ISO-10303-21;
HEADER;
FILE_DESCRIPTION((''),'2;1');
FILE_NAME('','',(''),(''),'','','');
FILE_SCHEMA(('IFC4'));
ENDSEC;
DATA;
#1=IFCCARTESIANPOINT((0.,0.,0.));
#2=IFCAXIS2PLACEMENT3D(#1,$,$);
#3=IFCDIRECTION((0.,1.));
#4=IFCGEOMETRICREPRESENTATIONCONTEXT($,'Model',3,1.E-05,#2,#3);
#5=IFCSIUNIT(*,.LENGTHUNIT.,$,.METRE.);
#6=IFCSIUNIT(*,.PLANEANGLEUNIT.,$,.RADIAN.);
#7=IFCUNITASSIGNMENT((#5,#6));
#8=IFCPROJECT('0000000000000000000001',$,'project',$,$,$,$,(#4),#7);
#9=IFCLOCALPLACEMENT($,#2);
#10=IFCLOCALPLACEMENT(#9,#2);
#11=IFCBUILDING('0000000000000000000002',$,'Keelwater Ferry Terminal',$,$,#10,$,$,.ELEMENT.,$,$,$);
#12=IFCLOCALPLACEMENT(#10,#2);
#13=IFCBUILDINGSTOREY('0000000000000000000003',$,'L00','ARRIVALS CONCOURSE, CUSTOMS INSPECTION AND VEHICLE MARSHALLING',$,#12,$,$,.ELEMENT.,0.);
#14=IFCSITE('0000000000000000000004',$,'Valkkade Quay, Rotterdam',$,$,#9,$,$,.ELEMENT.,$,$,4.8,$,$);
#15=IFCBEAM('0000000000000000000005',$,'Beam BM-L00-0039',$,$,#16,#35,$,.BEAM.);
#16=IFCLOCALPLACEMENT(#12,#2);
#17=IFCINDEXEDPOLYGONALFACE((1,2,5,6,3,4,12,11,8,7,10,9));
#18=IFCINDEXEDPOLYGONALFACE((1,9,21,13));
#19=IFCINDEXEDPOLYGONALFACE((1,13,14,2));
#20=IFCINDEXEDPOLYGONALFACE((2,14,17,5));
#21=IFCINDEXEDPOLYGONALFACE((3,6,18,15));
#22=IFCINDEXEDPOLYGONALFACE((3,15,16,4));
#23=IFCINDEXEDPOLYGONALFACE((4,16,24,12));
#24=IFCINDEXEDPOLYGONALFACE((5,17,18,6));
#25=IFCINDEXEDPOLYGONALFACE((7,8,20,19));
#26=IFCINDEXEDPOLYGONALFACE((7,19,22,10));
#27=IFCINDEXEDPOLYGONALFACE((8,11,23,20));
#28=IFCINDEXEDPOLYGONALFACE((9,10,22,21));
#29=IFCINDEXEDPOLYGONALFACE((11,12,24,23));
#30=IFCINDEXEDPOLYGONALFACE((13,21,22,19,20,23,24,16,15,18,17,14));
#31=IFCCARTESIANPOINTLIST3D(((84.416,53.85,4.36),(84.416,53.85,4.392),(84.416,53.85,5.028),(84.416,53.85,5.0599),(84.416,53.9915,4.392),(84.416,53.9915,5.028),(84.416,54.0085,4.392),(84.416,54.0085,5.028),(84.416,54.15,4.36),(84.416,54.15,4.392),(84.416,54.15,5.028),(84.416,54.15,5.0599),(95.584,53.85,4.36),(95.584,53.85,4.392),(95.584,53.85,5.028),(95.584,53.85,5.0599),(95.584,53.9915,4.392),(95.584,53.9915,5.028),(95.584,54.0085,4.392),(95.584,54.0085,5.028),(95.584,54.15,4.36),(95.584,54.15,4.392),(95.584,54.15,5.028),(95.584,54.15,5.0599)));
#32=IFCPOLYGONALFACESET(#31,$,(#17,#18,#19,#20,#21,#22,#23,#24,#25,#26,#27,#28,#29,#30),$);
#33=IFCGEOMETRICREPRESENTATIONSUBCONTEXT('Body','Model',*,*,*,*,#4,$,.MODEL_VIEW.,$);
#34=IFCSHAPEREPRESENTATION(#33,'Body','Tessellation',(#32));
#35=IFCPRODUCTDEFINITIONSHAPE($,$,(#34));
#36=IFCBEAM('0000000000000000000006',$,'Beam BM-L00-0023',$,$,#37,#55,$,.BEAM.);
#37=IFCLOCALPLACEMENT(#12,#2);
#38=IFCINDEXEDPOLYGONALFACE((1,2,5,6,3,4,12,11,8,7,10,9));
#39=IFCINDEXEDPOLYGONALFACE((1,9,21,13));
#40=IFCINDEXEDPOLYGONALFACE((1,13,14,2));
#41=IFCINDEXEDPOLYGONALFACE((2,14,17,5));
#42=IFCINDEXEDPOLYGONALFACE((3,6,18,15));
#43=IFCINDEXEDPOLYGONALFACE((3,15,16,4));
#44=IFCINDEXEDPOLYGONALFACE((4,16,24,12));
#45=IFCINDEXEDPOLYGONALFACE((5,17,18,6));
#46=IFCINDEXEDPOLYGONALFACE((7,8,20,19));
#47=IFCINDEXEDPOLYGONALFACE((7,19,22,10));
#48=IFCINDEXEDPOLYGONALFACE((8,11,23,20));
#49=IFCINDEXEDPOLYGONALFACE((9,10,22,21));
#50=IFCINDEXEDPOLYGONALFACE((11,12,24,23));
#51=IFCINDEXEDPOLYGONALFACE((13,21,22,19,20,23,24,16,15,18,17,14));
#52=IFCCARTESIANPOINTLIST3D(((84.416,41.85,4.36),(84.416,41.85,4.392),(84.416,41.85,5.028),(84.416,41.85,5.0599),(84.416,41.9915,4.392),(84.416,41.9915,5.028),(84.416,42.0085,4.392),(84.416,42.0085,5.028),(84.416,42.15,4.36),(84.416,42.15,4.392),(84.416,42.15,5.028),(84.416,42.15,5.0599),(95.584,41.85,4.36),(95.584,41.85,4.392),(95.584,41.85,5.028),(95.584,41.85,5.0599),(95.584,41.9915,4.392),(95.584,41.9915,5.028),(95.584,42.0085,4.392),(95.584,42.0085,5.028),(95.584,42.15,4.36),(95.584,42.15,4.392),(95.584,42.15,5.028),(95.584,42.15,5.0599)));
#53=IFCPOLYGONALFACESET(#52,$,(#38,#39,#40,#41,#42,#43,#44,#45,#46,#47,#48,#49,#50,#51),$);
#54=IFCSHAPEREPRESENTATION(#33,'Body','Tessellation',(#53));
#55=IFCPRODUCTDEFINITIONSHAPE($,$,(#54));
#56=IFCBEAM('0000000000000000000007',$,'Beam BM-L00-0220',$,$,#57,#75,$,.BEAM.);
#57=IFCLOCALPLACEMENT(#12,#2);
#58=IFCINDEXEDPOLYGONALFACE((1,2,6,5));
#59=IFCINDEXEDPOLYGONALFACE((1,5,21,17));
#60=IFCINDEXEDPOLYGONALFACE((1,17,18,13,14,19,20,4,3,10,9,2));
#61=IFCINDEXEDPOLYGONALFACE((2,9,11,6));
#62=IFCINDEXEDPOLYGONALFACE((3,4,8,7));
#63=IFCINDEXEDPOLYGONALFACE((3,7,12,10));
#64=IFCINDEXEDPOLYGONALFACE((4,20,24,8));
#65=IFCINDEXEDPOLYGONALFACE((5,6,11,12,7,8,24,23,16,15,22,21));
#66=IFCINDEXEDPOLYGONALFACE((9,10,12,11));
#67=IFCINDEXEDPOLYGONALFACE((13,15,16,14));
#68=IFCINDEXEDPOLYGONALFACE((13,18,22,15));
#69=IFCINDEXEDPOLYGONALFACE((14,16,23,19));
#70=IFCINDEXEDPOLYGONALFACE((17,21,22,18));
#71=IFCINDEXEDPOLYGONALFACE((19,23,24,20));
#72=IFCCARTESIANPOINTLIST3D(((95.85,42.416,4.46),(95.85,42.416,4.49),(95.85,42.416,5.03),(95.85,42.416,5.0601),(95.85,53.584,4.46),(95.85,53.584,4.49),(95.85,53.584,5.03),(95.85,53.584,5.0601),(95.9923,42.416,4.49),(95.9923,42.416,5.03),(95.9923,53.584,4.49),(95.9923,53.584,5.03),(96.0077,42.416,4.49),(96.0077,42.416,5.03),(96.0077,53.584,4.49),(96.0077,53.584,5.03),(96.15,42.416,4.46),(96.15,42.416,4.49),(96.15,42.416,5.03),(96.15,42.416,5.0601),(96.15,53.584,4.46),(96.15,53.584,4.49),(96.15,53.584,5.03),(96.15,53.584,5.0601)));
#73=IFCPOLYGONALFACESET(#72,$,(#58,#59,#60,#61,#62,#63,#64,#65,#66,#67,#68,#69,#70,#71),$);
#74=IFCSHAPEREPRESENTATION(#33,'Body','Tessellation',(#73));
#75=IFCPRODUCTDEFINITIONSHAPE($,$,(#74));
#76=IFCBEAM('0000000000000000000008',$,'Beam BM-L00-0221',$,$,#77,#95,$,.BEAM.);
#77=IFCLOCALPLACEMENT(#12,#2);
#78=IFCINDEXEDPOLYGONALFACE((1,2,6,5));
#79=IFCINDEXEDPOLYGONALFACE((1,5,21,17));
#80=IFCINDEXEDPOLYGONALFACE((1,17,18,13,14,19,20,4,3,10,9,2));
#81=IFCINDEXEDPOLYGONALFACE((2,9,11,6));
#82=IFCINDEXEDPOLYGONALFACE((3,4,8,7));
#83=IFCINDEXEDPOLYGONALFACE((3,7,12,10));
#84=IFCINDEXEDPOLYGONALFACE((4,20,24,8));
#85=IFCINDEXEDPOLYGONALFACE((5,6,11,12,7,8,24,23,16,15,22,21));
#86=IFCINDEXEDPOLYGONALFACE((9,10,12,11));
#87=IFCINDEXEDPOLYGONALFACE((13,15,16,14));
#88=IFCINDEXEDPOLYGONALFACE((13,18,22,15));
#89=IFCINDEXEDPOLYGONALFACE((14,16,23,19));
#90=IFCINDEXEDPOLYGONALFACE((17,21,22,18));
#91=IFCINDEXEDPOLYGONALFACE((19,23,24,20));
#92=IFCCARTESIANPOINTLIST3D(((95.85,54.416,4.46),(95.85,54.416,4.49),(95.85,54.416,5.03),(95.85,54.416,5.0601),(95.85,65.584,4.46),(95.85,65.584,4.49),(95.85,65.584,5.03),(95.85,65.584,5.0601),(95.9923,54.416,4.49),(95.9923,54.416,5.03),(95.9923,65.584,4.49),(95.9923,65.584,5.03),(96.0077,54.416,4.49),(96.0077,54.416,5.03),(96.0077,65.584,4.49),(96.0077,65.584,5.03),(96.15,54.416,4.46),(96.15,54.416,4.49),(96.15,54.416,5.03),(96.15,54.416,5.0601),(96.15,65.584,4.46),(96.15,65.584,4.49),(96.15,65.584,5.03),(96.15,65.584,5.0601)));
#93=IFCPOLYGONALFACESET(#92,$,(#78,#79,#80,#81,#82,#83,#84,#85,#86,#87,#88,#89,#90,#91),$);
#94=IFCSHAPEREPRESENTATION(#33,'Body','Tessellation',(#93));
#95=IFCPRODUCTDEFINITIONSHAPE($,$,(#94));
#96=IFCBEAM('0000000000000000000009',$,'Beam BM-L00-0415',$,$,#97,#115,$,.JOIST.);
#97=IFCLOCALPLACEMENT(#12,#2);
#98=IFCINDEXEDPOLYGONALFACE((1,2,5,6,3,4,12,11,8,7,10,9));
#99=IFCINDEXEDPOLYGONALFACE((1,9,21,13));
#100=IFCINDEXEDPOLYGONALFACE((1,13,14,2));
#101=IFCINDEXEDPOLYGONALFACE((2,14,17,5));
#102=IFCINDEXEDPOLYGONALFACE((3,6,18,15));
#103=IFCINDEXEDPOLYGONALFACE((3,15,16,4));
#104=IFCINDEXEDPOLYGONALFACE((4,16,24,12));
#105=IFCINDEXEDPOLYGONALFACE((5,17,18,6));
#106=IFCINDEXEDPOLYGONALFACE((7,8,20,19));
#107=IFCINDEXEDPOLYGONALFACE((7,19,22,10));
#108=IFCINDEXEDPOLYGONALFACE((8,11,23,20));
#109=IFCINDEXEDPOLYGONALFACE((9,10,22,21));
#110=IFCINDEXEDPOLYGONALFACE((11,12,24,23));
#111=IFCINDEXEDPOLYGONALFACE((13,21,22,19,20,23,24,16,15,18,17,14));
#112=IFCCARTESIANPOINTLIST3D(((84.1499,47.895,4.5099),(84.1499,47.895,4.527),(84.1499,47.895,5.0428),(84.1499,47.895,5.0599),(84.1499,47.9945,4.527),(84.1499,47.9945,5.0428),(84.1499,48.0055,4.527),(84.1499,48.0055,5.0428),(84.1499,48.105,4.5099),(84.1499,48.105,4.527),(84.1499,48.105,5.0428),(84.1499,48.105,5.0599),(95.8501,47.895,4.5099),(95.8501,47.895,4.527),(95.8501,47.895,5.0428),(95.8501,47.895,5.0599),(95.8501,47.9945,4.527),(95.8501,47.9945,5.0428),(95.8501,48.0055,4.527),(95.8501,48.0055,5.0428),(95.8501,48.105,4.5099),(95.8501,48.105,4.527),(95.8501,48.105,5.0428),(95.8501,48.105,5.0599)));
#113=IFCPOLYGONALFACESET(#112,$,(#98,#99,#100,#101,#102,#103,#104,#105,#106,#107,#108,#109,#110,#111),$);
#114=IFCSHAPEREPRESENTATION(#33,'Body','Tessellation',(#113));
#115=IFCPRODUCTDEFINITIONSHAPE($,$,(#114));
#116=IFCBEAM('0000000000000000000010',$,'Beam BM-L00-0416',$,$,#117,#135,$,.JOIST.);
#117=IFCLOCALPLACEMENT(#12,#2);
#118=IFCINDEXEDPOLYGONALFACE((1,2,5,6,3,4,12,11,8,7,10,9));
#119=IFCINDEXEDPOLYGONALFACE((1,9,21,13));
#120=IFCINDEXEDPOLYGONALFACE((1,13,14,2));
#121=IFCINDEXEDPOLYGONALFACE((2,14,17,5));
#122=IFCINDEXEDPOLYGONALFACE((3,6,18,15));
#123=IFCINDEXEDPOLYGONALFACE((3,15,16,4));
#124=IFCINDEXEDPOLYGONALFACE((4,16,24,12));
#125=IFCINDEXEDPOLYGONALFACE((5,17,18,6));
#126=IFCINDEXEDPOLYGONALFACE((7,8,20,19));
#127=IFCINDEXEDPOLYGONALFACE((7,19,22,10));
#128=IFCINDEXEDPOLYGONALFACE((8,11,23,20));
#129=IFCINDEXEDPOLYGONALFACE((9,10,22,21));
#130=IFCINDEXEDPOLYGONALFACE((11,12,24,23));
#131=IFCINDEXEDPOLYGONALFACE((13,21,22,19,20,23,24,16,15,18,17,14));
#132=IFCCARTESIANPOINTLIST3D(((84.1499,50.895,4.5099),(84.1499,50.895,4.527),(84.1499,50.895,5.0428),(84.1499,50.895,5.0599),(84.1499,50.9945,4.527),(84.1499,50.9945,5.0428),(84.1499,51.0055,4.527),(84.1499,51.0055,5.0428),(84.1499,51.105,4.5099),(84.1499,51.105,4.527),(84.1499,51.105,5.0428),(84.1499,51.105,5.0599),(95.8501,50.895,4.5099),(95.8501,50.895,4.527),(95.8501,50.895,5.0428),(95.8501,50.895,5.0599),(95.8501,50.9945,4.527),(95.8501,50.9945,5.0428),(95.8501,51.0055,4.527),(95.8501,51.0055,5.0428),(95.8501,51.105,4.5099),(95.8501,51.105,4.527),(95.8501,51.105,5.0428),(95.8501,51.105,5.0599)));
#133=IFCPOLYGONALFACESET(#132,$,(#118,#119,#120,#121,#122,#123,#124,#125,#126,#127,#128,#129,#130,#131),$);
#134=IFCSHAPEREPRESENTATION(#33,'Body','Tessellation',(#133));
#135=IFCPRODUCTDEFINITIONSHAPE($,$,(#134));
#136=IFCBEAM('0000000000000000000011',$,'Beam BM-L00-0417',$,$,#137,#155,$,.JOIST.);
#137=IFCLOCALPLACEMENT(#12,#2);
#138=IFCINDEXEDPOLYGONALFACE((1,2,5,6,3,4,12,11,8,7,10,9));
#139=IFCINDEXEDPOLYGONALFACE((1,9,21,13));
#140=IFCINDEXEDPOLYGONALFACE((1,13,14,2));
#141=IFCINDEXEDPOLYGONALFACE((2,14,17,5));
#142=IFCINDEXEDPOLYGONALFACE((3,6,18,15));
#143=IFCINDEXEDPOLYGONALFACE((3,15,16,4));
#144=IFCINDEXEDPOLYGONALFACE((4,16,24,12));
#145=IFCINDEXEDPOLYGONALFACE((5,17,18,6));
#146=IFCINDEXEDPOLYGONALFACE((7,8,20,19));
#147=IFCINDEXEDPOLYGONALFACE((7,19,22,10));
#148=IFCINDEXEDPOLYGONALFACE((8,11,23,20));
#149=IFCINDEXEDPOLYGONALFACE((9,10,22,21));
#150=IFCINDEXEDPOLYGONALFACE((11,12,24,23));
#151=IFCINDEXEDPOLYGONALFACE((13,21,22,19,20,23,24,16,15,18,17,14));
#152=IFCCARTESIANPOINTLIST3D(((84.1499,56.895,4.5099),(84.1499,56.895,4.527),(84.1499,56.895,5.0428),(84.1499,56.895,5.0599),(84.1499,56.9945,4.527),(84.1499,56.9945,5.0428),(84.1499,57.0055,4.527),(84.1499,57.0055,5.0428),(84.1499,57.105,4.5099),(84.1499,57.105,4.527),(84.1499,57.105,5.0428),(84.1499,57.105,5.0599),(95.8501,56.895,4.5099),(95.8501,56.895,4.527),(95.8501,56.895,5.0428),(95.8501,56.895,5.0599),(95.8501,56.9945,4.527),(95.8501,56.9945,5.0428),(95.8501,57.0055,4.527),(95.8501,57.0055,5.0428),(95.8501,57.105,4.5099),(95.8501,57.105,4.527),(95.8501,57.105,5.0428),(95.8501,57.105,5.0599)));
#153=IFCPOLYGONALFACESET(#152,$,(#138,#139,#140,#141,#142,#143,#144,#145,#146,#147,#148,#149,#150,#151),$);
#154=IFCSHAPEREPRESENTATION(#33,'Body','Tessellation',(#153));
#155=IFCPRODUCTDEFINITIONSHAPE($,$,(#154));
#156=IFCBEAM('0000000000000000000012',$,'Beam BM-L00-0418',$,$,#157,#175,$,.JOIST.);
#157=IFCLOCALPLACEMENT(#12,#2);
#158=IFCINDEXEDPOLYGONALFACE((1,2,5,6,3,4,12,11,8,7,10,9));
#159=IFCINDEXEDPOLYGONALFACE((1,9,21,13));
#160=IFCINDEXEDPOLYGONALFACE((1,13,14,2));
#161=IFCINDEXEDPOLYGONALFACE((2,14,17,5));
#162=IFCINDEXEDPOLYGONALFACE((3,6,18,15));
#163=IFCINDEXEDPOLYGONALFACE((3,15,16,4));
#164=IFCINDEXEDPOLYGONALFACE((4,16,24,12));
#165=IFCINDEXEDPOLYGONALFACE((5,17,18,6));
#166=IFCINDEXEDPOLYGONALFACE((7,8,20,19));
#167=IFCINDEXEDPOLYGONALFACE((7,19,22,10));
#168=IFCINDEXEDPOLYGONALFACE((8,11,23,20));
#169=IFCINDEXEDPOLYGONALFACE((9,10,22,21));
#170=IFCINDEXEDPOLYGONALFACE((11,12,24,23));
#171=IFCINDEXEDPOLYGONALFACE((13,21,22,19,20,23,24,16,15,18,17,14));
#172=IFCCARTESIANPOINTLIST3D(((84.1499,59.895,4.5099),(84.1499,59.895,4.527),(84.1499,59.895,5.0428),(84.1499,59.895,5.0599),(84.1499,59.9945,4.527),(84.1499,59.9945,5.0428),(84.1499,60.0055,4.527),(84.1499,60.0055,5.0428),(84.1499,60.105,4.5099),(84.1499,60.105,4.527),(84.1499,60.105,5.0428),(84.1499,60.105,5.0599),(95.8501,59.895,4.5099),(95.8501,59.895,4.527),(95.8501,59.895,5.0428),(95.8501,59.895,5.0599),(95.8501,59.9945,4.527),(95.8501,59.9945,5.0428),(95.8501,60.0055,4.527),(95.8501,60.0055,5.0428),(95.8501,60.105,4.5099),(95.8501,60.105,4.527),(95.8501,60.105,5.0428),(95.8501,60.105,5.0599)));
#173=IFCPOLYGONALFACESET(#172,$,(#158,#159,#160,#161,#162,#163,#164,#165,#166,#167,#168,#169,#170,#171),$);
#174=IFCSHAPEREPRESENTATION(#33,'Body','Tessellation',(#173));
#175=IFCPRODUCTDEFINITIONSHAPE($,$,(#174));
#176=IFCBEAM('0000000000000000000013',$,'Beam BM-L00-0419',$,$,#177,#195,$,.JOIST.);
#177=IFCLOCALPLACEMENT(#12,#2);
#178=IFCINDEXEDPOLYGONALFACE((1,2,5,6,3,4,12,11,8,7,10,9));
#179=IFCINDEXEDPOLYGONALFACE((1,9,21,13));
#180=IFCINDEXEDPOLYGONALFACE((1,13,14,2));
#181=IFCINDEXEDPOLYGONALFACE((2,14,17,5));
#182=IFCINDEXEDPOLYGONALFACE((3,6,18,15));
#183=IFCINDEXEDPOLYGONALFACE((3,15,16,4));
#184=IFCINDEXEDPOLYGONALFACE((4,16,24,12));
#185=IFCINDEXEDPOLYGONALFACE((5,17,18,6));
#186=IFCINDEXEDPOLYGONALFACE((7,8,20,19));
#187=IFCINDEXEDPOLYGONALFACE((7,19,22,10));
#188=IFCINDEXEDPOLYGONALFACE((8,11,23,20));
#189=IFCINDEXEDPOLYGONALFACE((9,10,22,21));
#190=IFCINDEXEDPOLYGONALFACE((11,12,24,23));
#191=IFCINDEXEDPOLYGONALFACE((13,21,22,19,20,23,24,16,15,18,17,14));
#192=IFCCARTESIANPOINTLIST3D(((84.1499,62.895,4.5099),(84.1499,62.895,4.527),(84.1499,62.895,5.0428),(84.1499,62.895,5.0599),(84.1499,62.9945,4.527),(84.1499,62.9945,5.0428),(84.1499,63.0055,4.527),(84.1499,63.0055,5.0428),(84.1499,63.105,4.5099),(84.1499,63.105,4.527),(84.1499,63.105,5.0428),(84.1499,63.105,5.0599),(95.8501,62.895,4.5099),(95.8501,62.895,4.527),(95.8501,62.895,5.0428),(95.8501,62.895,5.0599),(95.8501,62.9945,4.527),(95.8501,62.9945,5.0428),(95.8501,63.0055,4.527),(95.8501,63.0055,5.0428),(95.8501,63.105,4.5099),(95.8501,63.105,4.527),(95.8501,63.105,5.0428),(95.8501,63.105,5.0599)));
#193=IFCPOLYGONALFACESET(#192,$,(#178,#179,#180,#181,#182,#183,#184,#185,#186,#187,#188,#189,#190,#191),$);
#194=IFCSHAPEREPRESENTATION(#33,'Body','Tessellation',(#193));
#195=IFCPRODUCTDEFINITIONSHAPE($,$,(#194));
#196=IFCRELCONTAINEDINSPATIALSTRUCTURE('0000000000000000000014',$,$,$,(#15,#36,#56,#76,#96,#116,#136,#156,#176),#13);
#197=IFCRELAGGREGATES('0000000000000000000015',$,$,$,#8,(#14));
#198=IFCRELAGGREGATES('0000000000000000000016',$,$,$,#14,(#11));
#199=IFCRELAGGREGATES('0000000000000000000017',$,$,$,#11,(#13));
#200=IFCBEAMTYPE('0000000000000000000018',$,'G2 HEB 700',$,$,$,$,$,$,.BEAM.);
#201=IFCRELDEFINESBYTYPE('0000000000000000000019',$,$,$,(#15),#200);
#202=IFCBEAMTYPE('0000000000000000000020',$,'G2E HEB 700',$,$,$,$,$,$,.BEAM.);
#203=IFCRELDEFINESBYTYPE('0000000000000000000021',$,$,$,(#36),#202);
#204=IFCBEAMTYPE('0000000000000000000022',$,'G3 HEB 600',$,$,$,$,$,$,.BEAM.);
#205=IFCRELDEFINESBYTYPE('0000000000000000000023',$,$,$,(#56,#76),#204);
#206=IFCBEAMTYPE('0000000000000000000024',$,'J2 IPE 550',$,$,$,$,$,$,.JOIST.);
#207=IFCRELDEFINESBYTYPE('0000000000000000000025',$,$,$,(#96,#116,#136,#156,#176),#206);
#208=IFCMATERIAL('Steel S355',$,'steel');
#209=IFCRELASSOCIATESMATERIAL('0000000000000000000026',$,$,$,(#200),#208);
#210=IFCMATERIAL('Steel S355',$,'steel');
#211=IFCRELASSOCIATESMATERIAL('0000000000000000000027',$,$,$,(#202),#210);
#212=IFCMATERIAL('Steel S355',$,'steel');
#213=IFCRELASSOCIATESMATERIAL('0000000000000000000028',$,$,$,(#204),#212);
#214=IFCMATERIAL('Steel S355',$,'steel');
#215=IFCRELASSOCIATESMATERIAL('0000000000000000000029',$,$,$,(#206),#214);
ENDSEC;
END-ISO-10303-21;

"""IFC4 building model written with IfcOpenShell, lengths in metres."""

from ifc_helpers import new_model, si_unit, direction, frame, origin, origin_2d, place, context, subcontext, project, spatial, i_section, extrude, material, material_profile, profile_set, type_object, element, save


model = new_model("IFC4")

# Units and contexts
model_context = context("Model", 3, precision=1e-05, world=origin(), true_north=direction((0.0, 1.0)))
body_context = subcontext(model_context, "Body", "Model", "MODEL_VIEW")
ifc_project = project(units=[si_unit("LENGTHUNIT", "METRE"), si_unit("PLANEANGLEUNIT", "RADIAN")], contexts=[model_context])

# Site, building, storey
site_placement = place(None, origin())
site = spatial("IfcSite", under=ifc_project, at=site_placement, Name="Valkkade Quay, Rotterdam", CompositionType="ELEMENT", RefElevation=4.8)
building_placement = place(site_placement, origin())
building = spatial("IfcBuilding", under=site, at=building_placement, Name="Keelwater Ferry Terminal", CompositionType="ELEMENT")
storey_placement = place(building_placement, origin())
storey = spatial("IfcBuildingStorey", under=building, at=storey_placement, Name="L00", Description="ARRIVALS CONCOURSE, CUSTOMS INSPECTION AND VEHICLE MARSHALLING", CompositionType="ELEMENT", Elevation=0.0)

# Beams
ifc_material_1 = material(Name="Steel S355", Category="steel")
ifc_material_profile_1 = material_profile(ifc_material_1, i_section(OverallWidth=0.3, OverallDepth=0.7, WebThickness=0.0171, FlangeThickness=0.032, at=origin_2d()), Name="HEB 700")
ifc_profile_set_1 = profile_set([ifc_material_profile_1], Name="Steel S355")
beam_type_1 = type_object("IfcBeamType", Name="G2 HEB 700", PredefinedType="BEAM", material=ifc_profile_set_1)
beam_1_placement = place(storey_placement, frame((84.416, 54.0, 4.71), z_axis=(1.0, 0.0, 0.0), x_axis=(0.0, 1.0, 0.0)))
element("IfcBeam", 1, at=beam_1_placement, inside=storey, type_object=beam_type_1, Name="Beam BM-L00-0039", PredefinedType="BEAM", context=body_context, shape_type="SweptSolid", body=[
    extrude(i_section(OverallWidth=0.3, OverallDepth=0.7, WebThickness=0.0171, FlangeThickness=0.032, at=origin_2d()), origin(), (0.0, 0.0, 1.0), 11.168),
])
ifc_material_2 = material(Name="Steel S355", Category="steel")
ifc_material_profile_2 = material_profile(ifc_material_2, i_section(OverallWidth=0.3, OverallDepth=0.7, WebThickness=0.0171, FlangeThickness=0.032, at=origin_2d()), Name="HEB 700")
ifc_profile_set_2 = profile_set([ifc_material_profile_2], Name="Steel S355")
beam_type_2 = type_object("IfcBeamType", Name="G2E HEB 700", PredefinedType="BEAM", material=ifc_profile_set_2)
beam_2_placement = place(storey_placement, frame((84.416, 42.0, 4.71), z_axis=(1.0, 0.0, 0.0), x_axis=(0.0, 1.0, 0.0)))
element("IfcBeam", 2, at=beam_2_placement, inside=storey, type_object=beam_type_2, Name="Beam BM-L00-0023", PredefinedType="BEAM", context=body_context, shape_type="SweptSolid", body=[
    extrude(i_section(OverallWidth=0.3, OverallDepth=0.7, WebThickness=0.0171, FlangeThickness=0.032, at=origin_2d()), origin(), (0.0, 0.0, 1.0), 11.168),
])
ifc_material_3 = material(Name="Steel S355", Category="steel")
ifc_material_profile_3 = material_profile(ifc_material_3, i_section(OverallWidth=0.3, OverallDepth=0.6001, WebThickness=0.0154, FlangeThickness=0.03, at=origin_2d()), Name="HEB 600")
ifc_profile_set_3 = profile_set([ifc_material_profile_3], Name="Steel S355")
beam_type_3 = type_object("IfcBeamType", Name="G3 HEB 600", PredefinedType="BEAM", material=ifc_profile_set_3)
for number, where, z_axis, x_axis, name in (
    (3, (96.0, 42.416, 4.76), (0.0, 1.0, 0.0), (-1.0, 0.0, 0.0), "Beam BM-L00-0220"),
    (4, (96.0, 54.416, 4.76), (0.0, 1.0, 0.0), (-1.0, 0.0, 0.0), "Beam BM-L00-0221"),
):
    element("IfcBeam", number, at=place(storey_placement, frame(where, z_axis=z_axis, x_axis=x_axis)), inside=storey, type_object=beam_type_3, Name=name, PredefinedType="BEAM", context=body_context, shape_type="SweptSolid", body=[
        extrude(i_section(OverallWidth=0.3, OverallDepth=0.6001, WebThickness=0.0154, FlangeThickness=0.03, at=origin_2d()), origin(), (0.0, 0.0, 1.0), 11.168),
    ])
ifc_material_4 = material(Name="Steel S355", Category="steel")
ifc_material_profile_4 = material_profile(ifc_material_4, i_section(OverallWidth=0.21, OverallDepth=0.55, WebThickness=0.011, FlangeThickness=0.0171, at=origin_2d()), Name="IPE 550")
ifc_profile_set_4 = profile_set([ifc_material_profile_4], Name="Steel S355")
beam_type_4 = type_object("IfcBeamType", Name="J2 IPE 550", PredefinedType="JOIST", material=ifc_profile_set_4)
for number, where, z_axis, x_axis, name in (
    (5, (84.1499, 48.0, 4.7849), (1.0, 0.0, 0.0), (0.0, 1.0, 0.0), "Beam BM-L00-0415"),
    (6, (84.1499, 51.0, 4.7849), (1.0, 0.0, 0.0), (0.0, 1.0, 0.0), "Beam BM-L00-0416"),
    (7, (84.1499, 57.0, 4.7849), (1.0, 0.0, 0.0), (0.0, 1.0, 0.0), "Beam BM-L00-0417"),
    (8, (84.1499, 60.0, 4.7849), (1.0, 0.0, 0.0), (0.0, 1.0, 0.0), "Beam BM-L00-0418"),
    (9, (84.1499, 63.0, 4.7849), (1.0, 0.0, 0.0), (0.0, 1.0, 0.0), "Beam BM-L00-0419"),
):
    element("IfcBeam", number, at=place(storey_placement, frame(where, z_axis=z_axis, x_axis=x_axis)), inside=storey, type_object=beam_type_4, Name=name, PredefinedType="JOIST", context=body_context, shape_type="SweptSolid", body=[
        extrude(i_section(OverallWidth=0.21, OverallDepth=0.55, WebThickness=0.011, FlangeThickness=0.0171, at=origin_2d()), origin(), (0.0, 0.0, 1.0), 11.7002),
    ])

save(model, "model.ifc")
